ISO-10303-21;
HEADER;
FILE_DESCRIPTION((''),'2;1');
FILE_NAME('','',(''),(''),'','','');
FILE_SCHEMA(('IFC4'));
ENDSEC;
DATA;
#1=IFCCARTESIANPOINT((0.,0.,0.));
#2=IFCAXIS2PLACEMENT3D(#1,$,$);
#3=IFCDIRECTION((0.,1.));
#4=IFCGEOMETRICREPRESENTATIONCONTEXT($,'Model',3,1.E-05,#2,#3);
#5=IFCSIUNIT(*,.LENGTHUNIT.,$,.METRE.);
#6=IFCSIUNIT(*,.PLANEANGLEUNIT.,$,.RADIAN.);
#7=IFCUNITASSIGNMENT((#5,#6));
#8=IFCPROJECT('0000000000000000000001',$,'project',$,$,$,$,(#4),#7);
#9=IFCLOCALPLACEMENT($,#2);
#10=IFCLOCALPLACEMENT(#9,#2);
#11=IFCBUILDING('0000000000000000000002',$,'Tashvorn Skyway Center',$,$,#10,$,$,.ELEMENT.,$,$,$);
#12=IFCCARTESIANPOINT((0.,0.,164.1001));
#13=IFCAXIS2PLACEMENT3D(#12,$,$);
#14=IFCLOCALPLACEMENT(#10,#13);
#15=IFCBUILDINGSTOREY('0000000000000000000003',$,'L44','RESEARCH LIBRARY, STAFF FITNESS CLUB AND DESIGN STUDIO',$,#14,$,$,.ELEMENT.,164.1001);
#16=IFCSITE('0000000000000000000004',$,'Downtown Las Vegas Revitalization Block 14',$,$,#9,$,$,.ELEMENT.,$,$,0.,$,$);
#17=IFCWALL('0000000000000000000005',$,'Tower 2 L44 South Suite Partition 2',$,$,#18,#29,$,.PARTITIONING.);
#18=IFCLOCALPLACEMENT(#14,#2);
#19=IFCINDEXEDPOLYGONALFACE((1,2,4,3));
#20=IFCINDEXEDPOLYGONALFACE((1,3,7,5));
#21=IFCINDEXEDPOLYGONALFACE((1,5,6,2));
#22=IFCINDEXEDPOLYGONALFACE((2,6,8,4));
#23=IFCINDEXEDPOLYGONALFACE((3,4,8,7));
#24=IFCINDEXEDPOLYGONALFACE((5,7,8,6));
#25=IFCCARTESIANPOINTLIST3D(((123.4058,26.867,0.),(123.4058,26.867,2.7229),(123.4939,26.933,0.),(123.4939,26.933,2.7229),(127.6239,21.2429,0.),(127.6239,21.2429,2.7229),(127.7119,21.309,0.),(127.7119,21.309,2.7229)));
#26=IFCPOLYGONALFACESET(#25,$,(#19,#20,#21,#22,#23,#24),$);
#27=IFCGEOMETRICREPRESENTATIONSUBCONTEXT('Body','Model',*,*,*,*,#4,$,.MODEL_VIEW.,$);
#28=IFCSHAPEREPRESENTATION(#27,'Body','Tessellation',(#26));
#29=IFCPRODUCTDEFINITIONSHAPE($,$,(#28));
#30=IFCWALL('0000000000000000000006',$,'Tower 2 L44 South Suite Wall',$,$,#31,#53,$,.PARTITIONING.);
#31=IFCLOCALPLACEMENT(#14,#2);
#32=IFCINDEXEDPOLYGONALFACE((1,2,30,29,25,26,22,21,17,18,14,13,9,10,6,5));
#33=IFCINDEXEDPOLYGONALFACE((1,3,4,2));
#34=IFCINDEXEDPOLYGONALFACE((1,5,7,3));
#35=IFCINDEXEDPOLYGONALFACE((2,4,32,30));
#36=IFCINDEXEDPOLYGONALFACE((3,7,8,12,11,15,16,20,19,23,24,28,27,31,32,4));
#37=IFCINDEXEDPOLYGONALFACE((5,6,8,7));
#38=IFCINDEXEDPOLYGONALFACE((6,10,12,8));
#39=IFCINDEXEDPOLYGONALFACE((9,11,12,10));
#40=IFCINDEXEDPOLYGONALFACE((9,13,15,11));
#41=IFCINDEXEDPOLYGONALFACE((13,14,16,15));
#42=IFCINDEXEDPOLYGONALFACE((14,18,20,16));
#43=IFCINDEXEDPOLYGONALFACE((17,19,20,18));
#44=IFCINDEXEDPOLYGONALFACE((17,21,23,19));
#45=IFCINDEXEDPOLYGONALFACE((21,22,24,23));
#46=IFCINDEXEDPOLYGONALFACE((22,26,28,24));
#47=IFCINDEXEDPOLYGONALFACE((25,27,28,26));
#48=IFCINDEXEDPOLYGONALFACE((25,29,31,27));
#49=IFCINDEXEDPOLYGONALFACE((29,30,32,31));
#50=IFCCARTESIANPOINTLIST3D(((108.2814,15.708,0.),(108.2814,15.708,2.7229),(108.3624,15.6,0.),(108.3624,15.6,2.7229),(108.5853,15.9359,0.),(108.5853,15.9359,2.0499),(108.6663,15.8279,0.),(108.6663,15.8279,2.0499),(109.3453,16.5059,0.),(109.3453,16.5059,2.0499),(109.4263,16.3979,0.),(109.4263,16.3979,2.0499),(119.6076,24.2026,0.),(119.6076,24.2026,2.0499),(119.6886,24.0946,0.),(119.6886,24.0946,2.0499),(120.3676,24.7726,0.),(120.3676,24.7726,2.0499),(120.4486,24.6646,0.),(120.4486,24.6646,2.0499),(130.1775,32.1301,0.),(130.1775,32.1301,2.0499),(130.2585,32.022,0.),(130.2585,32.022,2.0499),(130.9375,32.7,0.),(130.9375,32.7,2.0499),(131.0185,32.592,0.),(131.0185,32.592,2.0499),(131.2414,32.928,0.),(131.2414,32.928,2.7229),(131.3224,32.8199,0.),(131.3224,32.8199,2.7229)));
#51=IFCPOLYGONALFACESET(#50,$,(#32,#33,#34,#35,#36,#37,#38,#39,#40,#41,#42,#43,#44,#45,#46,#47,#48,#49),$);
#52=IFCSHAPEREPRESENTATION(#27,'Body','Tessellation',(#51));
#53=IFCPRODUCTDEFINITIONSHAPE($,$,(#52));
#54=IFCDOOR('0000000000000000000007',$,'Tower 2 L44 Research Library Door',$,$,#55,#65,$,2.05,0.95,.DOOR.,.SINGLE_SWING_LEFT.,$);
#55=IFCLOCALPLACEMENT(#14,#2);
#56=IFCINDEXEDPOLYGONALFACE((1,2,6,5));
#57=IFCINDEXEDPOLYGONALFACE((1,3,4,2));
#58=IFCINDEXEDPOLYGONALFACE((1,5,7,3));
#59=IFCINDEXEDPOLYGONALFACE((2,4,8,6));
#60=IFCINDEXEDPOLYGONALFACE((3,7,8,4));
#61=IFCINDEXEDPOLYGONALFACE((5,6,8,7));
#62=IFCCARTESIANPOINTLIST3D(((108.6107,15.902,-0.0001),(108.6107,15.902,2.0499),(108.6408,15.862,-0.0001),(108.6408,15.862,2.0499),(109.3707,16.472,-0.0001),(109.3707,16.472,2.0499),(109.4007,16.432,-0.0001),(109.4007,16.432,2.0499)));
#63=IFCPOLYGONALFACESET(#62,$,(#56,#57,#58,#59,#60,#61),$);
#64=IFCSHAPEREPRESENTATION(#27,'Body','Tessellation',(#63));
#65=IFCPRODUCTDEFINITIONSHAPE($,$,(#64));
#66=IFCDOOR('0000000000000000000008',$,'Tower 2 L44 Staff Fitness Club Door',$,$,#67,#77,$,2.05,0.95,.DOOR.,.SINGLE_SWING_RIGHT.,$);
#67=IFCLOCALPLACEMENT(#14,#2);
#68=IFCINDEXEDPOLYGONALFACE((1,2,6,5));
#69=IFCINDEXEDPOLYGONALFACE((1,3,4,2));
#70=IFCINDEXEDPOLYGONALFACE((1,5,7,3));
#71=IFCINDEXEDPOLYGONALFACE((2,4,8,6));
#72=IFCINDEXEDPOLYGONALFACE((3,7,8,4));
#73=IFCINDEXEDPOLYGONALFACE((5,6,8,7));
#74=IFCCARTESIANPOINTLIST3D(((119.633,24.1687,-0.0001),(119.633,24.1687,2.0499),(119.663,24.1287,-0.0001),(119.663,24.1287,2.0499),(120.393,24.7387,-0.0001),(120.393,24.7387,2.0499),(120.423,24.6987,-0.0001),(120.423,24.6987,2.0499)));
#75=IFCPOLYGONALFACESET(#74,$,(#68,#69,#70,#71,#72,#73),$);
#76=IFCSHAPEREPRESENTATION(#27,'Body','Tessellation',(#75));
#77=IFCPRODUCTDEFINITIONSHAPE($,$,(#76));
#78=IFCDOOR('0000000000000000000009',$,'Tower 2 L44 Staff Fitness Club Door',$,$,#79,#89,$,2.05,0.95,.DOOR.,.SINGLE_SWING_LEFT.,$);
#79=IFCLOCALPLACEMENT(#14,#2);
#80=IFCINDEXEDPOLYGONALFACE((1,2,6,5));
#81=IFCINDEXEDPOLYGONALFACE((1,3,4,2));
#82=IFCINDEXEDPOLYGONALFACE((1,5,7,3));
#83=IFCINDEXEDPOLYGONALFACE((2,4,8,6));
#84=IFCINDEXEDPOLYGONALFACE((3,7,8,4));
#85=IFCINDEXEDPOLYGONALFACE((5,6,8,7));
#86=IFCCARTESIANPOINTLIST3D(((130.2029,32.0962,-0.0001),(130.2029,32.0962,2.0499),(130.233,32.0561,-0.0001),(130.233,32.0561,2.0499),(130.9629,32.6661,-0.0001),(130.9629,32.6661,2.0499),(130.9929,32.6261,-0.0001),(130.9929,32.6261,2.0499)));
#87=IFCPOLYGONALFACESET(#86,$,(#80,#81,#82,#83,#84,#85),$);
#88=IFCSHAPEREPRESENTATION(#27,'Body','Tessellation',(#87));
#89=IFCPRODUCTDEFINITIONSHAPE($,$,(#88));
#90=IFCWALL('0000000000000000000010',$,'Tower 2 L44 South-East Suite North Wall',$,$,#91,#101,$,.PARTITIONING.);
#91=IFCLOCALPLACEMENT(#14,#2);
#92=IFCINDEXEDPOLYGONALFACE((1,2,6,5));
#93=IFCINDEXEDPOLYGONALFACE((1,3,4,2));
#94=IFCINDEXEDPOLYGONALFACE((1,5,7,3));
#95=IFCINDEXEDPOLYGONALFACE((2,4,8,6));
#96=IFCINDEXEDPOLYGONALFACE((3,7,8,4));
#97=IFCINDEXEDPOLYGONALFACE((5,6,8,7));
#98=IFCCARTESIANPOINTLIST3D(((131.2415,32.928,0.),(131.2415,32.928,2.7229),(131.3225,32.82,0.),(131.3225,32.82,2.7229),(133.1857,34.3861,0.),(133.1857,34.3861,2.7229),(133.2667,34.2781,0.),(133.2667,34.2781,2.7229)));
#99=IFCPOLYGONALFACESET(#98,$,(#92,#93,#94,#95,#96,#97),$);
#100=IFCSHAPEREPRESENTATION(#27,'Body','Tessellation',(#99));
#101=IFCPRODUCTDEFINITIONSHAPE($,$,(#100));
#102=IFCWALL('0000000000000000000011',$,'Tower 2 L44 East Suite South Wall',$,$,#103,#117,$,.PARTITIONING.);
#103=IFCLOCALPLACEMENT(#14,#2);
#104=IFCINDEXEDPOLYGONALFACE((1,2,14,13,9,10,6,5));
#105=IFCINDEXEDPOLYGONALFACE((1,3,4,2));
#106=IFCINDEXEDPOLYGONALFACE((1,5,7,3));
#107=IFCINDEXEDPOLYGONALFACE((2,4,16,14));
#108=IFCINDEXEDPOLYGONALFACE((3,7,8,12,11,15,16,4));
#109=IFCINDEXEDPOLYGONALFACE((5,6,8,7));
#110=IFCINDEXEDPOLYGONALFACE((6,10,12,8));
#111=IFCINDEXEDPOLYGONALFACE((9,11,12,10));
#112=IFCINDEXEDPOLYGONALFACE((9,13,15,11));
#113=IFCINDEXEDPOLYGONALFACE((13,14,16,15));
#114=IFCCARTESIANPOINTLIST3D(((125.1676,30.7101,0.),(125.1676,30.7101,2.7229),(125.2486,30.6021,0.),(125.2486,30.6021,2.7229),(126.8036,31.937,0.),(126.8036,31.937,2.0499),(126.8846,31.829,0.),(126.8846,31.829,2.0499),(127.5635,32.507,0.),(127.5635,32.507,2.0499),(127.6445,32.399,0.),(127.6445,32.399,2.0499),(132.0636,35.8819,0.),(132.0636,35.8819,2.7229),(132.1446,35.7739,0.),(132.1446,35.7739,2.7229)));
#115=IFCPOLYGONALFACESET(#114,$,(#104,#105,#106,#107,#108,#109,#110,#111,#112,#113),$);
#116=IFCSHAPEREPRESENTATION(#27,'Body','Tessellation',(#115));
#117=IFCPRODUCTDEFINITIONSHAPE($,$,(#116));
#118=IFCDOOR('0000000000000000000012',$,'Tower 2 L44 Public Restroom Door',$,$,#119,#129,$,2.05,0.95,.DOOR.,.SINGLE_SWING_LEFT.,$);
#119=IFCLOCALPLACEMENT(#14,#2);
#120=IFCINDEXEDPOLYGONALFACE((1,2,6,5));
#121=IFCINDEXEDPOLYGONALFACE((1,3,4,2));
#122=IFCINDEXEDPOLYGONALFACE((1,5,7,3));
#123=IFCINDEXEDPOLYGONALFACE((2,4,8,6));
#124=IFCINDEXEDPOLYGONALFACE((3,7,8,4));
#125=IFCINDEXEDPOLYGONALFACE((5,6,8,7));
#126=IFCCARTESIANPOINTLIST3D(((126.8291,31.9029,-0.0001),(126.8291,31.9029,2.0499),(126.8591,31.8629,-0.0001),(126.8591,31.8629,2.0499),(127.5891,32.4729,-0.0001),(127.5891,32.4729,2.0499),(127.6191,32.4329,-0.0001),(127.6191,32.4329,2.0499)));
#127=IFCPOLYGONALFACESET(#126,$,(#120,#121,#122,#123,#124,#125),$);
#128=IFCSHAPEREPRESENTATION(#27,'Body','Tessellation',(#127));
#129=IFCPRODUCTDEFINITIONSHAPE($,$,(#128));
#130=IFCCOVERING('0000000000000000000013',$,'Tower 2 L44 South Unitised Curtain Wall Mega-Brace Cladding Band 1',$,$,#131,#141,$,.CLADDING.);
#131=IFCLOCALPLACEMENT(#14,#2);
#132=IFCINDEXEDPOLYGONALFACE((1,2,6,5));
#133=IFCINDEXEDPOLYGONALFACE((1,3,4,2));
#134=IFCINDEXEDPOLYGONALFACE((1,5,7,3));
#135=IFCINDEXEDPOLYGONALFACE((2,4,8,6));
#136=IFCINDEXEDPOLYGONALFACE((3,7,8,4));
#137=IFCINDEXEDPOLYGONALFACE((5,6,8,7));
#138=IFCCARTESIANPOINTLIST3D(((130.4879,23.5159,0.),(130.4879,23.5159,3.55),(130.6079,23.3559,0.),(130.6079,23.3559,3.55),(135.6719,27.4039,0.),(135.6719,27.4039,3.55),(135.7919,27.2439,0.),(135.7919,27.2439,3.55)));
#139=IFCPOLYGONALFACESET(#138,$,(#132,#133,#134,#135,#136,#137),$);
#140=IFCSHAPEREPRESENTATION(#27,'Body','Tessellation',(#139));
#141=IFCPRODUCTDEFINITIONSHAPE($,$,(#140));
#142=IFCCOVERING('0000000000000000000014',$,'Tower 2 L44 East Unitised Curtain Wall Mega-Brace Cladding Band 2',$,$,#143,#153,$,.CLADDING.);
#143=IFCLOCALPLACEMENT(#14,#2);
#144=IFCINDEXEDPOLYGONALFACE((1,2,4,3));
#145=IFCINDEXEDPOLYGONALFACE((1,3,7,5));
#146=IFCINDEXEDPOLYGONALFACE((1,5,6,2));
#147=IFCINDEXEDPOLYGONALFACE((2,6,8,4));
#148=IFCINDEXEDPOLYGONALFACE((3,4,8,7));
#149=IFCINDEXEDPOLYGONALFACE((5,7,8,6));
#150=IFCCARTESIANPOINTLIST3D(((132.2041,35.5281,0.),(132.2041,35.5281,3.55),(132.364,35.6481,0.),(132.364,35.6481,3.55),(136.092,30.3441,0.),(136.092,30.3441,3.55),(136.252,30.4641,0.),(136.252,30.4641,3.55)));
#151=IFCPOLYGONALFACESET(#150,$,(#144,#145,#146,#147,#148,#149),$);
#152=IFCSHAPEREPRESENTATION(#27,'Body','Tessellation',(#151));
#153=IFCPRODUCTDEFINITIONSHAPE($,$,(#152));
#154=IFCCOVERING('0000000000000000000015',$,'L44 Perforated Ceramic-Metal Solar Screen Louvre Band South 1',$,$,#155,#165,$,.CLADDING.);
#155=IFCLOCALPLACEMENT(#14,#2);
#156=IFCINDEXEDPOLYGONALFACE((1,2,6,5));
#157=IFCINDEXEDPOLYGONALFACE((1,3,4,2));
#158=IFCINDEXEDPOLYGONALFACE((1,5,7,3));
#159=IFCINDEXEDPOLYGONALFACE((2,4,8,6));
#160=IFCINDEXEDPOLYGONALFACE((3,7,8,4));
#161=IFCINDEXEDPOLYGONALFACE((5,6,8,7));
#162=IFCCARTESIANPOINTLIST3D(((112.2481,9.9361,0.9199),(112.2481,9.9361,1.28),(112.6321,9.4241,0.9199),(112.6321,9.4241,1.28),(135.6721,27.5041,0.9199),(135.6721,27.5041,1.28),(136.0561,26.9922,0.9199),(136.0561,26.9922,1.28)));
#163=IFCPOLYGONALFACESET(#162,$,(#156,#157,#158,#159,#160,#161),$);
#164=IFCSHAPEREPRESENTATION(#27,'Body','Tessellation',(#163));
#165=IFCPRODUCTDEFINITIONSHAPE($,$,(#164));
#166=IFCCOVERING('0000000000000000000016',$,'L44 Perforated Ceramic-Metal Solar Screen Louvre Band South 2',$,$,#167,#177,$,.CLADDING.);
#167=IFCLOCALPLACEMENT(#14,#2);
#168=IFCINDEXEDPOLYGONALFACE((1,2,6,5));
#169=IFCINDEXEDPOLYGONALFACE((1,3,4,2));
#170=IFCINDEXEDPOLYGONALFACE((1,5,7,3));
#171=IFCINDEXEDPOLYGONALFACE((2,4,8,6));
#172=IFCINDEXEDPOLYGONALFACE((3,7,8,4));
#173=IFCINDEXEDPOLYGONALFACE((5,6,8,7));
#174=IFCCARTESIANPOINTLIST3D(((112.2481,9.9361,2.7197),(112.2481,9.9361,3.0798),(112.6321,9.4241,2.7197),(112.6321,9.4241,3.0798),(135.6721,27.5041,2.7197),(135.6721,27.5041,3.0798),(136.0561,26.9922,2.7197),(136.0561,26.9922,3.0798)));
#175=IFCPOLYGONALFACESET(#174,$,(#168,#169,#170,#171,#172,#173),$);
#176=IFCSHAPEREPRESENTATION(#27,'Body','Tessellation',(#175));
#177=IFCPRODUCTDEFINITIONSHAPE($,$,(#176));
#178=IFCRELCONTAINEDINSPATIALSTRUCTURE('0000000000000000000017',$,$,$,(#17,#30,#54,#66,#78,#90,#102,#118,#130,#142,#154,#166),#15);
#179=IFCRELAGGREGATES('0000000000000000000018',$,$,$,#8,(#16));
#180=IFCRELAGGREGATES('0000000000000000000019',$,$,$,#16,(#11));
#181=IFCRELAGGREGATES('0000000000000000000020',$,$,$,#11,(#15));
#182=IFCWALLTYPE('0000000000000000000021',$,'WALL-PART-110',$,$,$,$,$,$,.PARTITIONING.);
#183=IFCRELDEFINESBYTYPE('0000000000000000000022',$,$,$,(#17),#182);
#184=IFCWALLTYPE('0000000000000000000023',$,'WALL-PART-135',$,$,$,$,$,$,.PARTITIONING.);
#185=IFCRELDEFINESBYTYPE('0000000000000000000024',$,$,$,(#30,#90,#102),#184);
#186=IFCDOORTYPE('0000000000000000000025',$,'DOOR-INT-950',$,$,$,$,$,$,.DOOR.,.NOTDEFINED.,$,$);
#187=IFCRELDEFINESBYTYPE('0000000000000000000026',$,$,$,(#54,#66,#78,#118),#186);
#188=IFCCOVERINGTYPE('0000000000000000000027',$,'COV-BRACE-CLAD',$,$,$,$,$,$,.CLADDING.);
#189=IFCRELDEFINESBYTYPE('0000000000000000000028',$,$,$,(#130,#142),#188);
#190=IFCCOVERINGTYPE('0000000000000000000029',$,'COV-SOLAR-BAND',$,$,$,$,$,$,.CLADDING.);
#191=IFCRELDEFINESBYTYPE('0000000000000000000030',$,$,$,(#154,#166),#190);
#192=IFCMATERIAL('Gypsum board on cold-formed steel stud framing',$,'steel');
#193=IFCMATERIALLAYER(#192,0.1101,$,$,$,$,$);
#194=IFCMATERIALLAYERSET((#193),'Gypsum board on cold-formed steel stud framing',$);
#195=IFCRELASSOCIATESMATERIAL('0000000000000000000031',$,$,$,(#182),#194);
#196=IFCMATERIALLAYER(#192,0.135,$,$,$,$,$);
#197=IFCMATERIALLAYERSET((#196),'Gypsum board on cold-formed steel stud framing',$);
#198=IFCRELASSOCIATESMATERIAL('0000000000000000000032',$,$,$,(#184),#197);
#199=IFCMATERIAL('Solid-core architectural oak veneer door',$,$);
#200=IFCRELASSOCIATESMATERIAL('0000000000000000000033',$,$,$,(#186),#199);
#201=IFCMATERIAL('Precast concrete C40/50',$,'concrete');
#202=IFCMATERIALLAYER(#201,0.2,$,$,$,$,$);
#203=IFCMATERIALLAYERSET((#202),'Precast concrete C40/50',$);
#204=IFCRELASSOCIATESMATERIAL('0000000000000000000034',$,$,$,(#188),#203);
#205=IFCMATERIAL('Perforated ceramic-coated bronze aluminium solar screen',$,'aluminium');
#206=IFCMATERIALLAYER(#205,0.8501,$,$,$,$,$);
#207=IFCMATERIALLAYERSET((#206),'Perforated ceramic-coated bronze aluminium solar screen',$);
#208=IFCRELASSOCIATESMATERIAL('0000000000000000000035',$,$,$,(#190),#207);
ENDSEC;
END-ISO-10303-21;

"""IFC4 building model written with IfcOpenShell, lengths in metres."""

from ifc_helpers import new_model, si_unit, direction, frame, frame_2d, origin, origin_2d, place, context, subcontext, project, spatial, rectangle, extrude, material, layer, layer_set, type_object, element, fill, save


model = new_model("IFC4")

# Units and contexts
model_context = context("Model", 3, precision=1e-05, world=origin(), true_north=direction((0.0, 1.0)))
body_context = subcontext(model_context, "Body", "Model", "MODEL_VIEW")
ifc_project = project(units=[si_unit("LENGTHUNIT", "METRE"), si_unit("PLANEANGLEUNIT", "RADIAN")], contexts=[model_context])

# Site, building, storey
site_placement = place(None, origin())
site = spatial("IfcSite", under=ifc_project, at=site_placement, Name="Downtown Las Vegas Revitalization Block 14", CompositionType="ELEMENT", RefElevation=0.0)
building_placement = place(site_placement, origin())
building = spatial("IfcBuilding", under=site, at=building_placement, Name="Tashvorn Skyway Center", CompositionType="ELEMENT")
storey_placement = place(building_placement, frame((0.0, 0.0, 164.1001)))
storey = spatial("IfcBuildingStorey", under=building, at=storey_placement, Name="L44", Description="RESEARCH LIBRARY, STAFF FITNESS CLUB AND DESIGN STUDIO", CompositionType="ELEMENT", Elevation=164.1001)

# Wall
ifc_material_1 = material(Name="Precast concrete C40/50", Category="concrete")
ifc_material_2 = material(Name="Gypsum board on cold-formed steel stud framing", Category="steel")
ifc_layer_1 = layer(ifc_material_2, 0.1101)
ifc_layer_set_1 = layer_set([ifc_layer_1], Name="Gypsum board on cold-formed steel stud framing")
wall_type_1 = type_object("IfcWallType", Name="WALL-PART-110", PredefinedType="PARTITIONING", material=ifc_layer_set_1)
wall_1_placement = place(storey_placement, frame((127.668, 21.2759, 0.0), z_axis=(0.0, 0.0, 1.0), x_axis=(-0.6, 0.8, 0.0)))
element("IfcWall", 1, at=wall_1_placement, inside=storey, type_object=wall_type_1, Name="Tower 2 L44 South Suite Partition 2", PredefinedType="PARTITIONING", context=body_context, shape_type="SweptSolid", body=[
    extrude(rectangle(XDim=7.03, YDim=0.1101, at=frame_2d((3.5151, 0.0))), origin(), (0.0, 0.0, 1.0), 2.7229),
])

# Wall, openings, doors
ifc_layer_2 = layer(ifc_material_2, 0.135)
ifc_layer_set_2 = layer_set([ifc_layer_2], Name="Gypsum board on cold-formed steel stud framing")
wall_type_2 = type_object("IfcWallType", Name="WALL-PART-135", PredefinedType="PARTITIONING", material=ifc_layer_set_2)
wall_2_placement = place(storey_placement, frame((131.282, 32.874, 0.0), z_axis=(0.0, 0.0, 1.0), x_axis=(-0.8, -0.6, 0.0)))
wall_2 = element("IfcWall", 2, at=wall_2_placement, inside=storey, type_object=wall_type_2, Name="Tower 2 L44 South Suite Wall", PredefinedType="PARTITIONING", context=body_context, shape_type="SweptSolid", body=[
    extrude(rectangle(XDim=28.7, YDim=0.135, at=frame_2d((14.3501, 0.0))), origin(), (0.0, 0.0, 1.0), 2.7229),
])
opening_1_placement = place(wall_2_placement, frame((27.3701, 0.0, 0.0)))
opening_1 = element("IfcOpeningElement", 3, at=opening_1_placement, cuts=wall_2, PredefinedType="OPENING", context=body_context, shape_type="SweptSolid", body=[
    extrude(rectangle(XDim=0.95, YDim=2.05, at=frame_2d((0.4751, 1.0249))), frame((0.0, 0.0774, 0.0), z_axis=(0.0, -1.0, 0.0), x_axis=(1.0, 0.0, 0.0)), (0.0, 0.0, 1.0), 0.155),
])
opening_2_placement = place(wall_2_placement, frame((13.5923, 0.0, 0.0)))
opening_2 = element("IfcOpeningElement", 4, at=opening_2_placement, cuts=wall_2, PredefinedType="OPENING", context=body_context, shape_type="SweptSolid", body=[
    extrude(rectangle(XDim=0.95, YDim=2.05, at=frame_2d((0.4751, 1.0249))), frame((0.0, 0.0774, 0.0), z_axis=(0.0, -1.0, 0.0), x_axis=(1.0, 0.0, 0.0)), (0.0, 0.0, 1.0), 0.155),
])
opening_3_placement = place(wall_2_placement, frame((0.3799, 0.0, 0.0)))
opening_3 = element("IfcOpeningElement", 5, at=opening_3_placement, cuts=wall_2, PredefinedType="OPENING", context=body_context, shape_type="SweptSolid", body=[
    extrude(rectangle(XDim=0.95, YDim=2.05, at=frame_2d((0.4751, 1.0249))), frame((0.0, 0.0774, 0.0), z_axis=(0.0, -1.0, 0.0), x_axis=(1.0, 0.0, 0.0)), (0.0, 0.0, 1.0), 0.155),
])
ifc_material_3 = material(Name="Solid-core architectural oak veneer door")
door_type_1 = type_object("IfcDoorType", Name="DOOR-INT-950", OperationType="NOTDEFINED", PredefinedType="DOOR", material=ifc_material_3)
door_1_placement = place(opening_1_placement, origin())
door_1 = element("IfcDoor", 6, at=door_1_placement, inside=storey, type_object=door_type_1, Name="Tower 2 L44 Research Library Door", OperationType="SINGLE_SWING_LEFT", OverallHeight=2.05, OverallWidth=0.95, PredefinedType="DOOR", context=body_context, shape_type="SweptSolid", body=[
    extrude(rectangle(XDim=0.95, YDim=2.05, at=frame_2d((0.4751, 1.0249))), frame((0.0, 0.0249, 0.0), z_axis=(0.0, -1.0, 0.0), x_axis=(1.0, 0.0, 0.0)), (0.0, 0.0, 1.0), 0.05),
])
fill(opening_1, door_1)
door_2_placement = place(opening_2_placement, origin())
door_2 = element("IfcDoor", 7, at=door_2_placement, inside=storey, type_object=door_type_1, Name="Tower 2 L44 Staff Fitness Club Door", OperationType="SINGLE_SWING_RIGHT", OverallHeight=2.05, OverallWidth=0.95, PredefinedType="DOOR", context=body_context, shape_type="SweptSolid", body=[
    extrude(rectangle(XDim=0.95, YDim=2.05, at=frame_2d((0.4751, 1.0249))), frame((0.0, 0.0249, 0.0), z_axis=(0.0, -1.0, 0.0), x_axis=(1.0, 0.0, 0.0)), (0.0, 0.0, 1.0), 0.05),
])
fill(opening_2, door_2)
door_3_placement = place(opening_3_placement, origin())
door_3 = element("IfcDoor", 8, at=door_3_placement, inside=storey, type_object=door_type_1, Name="Tower 2 L44 Staff Fitness Club Door", OperationType="SINGLE_SWING_LEFT", OverallHeight=2.05, OverallWidth=0.95, PredefinedType="DOOR", context=body_context, shape_type="SweptSolid", body=[
    extrude(rectangle(XDim=0.95, YDim=2.05, at=frame_2d((0.4751, 1.0249))), frame((0.0, 0.0249, 0.0), z_axis=(0.0, -1.0, 0.0), x_axis=(1.0, 0.0, 0.0)), (0.0, 0.0, 1.0), 0.05),
])
fill(opening_3, door_3)

# Wall
wall_3_placement = place(storey_placement, frame((131.282, 32.874, 0.0), z_axis=(0.0, 0.0, 1.0), x_axis=(0.800012, 0.599984, 0.0)))
element("IfcWall", 9, at=wall_3_placement, inside=storey, type_object=wall_type_2, Name="Tower 2 L44 South-East Suite North Wall", PredefinedType="PARTITIONING", context=body_context, shape_type="SweptSolid", body=[
    extrude(rectangle(XDim=2.4302, YDim=0.135, at=frame_2d((1.2151, 0.0))), origin(), (0.0, 0.0, 1.0), 2.7229),
])

# Wall, opening, door
wall_4_placement = place(storey_placement, frame((125.208, 30.656, 0.0), z_axis=(0.0, 0.0, 1.0), x_axis=(0.800007, 0.599991, 0.0)))
wall_4 = element("IfcWall", 10, at=wall_4_placement, inside=storey, type_object=wall_type_2, Name="Tower 2 L44 East Suite South Wall", PredefinedType="PARTITIONING", context=body_context, shape_type="SweptSolid", body=[
    extrude(rectangle(XDim=8.6199, YDim=0.135, at=frame_2d((4.3101, 0.0))), origin(), (0.0, 0.0, 1.0), 2.7229),
])
opening_4_placement = place(wall_4_placement, frame((2.0449, 0.0, 0.0)))
opening_4 = element("IfcOpeningElement", 11, at=opening_4_placement, cuts=wall_4, PredefinedType="OPENING", context=body_context, shape_type="SweptSolid", body=[
    extrude(rectangle(XDim=0.95, YDim=2.05, at=frame_2d((0.4751, 1.0249))), frame((0.0, 0.0774, 0.0), z_axis=(0.0, -1.0, 0.0), x_axis=(1.0, 0.0, 0.0)), (0.0, 0.0, 1.0), 0.155),
])
door_4_placement = place(opening_4_placement, origin())
door_4 = element("IfcDoor", 12, at=door_4_placement, inside=storey, type_object=door_type_1, Name="Tower 2 L44 Public Restroom Door", OperationType="SINGLE_SWING_LEFT", OverallHeight=2.05, OverallWidth=0.95, PredefinedType="DOOR", context=body_context, shape_type="SweptSolid", body=[
    extrude(rectangle(XDim=0.95, YDim=2.05, at=frame_2d((0.4751, 1.0249))), frame((0.0, 0.0249, 0.0), z_axis=(0.0, -1.0, 0.0), x_axis=(1.0, 0.0, 0.0)), (0.0, 0.0, 1.0), 0.05),
])
fill(opening_4, door_4)

# Coverings
ifc_layer_3 = layer(ifc_material_1, 0.2)
ifc_layer_set_3 = layer_set([ifc_layer_3], Name="Precast concrete C40/50")
covering_type_1 = type_object("IfcCoveringType", Name="COV-BRACE-CLAD", PredefinedType="CLADDING", material=ifc_layer_set_3)
for number, where, z_axis, x_axis, name in (
    (13, (133.1399, 25.3799, 0.0), (0.0, 0.0, 1.0), (-0.8, -0.6, 0.0), "Tower 2 L44 South Unitised Curtain Wall Mega-Brace Cladding Band 1"),
    (14, (134.228, 32.9961, 0.0), (0.0, 0.0, 1.0), (0.6, -0.8, 0.0), "Tower 2 L44 East Unitised Curtain Wall Mega-Brace Cladding Band 2"),
):
    element("IfcCovering", number, at=place(storey_placement, frame(where, z_axis=z_axis, x_axis=x_axis)), inside=storey, type_object=covering_type_1, Name=name, PredefinedType="CLADDING", context=body_context, shape_type="SweptSolid", body=[
        extrude(rectangle(XDim=6.48, YDim=0.2, at=origin_2d()), origin(), (0.0, 0.0, 1.0), 3.55),
    ])
ifc_material_4 = material(Name="Perforated ceramic-coated bronze aluminium solar screen", Category="aluminium")
ifc_layer_4 = layer(ifc_material_4, 0.8501)
ifc_layer_set_4 = layer_set([ifc_layer_4], Name="Perforated ceramic-coated bronze aluminium solar screen")
covering_type_2 = type_object("IfcCoveringType", Name="COV-SOLAR-BAND", PredefinedType="CLADDING", material=ifc_layer_set_4)
for number, where, z_axis, x_axis, name in (
    (15, (124.1521, 18.4641, 0.9199), (0.0, 0.0, 1.0), (-0.8, -0.6, 0.0), "L44 Perforated Ceramic-Metal Solar Screen Louvre Band South 1"),
    (16, (124.1521, 18.4641, 2.7197), (0.0, 0.0, 1.0), (-0.8, -0.6, 0.0), "L44 Perforated Ceramic-Metal Solar Screen Louvre Band South 2"),
):
    element("IfcCovering", number, at=place(storey_placement, frame(where, z_axis=z_axis, x_axis=x_axis)), inside=storey, type_object=covering_type_2, Name=name, PredefinedType="CLADDING", context=body_context, shape_type="SweptSolid", body=[
        extrude(rectangle(XDim=29.28, YDim=0.6399, at=origin_2d()), origin(), (0.0, 0.0, 1.0), 0.3601),
    ])

save(model, "model.ifc")
